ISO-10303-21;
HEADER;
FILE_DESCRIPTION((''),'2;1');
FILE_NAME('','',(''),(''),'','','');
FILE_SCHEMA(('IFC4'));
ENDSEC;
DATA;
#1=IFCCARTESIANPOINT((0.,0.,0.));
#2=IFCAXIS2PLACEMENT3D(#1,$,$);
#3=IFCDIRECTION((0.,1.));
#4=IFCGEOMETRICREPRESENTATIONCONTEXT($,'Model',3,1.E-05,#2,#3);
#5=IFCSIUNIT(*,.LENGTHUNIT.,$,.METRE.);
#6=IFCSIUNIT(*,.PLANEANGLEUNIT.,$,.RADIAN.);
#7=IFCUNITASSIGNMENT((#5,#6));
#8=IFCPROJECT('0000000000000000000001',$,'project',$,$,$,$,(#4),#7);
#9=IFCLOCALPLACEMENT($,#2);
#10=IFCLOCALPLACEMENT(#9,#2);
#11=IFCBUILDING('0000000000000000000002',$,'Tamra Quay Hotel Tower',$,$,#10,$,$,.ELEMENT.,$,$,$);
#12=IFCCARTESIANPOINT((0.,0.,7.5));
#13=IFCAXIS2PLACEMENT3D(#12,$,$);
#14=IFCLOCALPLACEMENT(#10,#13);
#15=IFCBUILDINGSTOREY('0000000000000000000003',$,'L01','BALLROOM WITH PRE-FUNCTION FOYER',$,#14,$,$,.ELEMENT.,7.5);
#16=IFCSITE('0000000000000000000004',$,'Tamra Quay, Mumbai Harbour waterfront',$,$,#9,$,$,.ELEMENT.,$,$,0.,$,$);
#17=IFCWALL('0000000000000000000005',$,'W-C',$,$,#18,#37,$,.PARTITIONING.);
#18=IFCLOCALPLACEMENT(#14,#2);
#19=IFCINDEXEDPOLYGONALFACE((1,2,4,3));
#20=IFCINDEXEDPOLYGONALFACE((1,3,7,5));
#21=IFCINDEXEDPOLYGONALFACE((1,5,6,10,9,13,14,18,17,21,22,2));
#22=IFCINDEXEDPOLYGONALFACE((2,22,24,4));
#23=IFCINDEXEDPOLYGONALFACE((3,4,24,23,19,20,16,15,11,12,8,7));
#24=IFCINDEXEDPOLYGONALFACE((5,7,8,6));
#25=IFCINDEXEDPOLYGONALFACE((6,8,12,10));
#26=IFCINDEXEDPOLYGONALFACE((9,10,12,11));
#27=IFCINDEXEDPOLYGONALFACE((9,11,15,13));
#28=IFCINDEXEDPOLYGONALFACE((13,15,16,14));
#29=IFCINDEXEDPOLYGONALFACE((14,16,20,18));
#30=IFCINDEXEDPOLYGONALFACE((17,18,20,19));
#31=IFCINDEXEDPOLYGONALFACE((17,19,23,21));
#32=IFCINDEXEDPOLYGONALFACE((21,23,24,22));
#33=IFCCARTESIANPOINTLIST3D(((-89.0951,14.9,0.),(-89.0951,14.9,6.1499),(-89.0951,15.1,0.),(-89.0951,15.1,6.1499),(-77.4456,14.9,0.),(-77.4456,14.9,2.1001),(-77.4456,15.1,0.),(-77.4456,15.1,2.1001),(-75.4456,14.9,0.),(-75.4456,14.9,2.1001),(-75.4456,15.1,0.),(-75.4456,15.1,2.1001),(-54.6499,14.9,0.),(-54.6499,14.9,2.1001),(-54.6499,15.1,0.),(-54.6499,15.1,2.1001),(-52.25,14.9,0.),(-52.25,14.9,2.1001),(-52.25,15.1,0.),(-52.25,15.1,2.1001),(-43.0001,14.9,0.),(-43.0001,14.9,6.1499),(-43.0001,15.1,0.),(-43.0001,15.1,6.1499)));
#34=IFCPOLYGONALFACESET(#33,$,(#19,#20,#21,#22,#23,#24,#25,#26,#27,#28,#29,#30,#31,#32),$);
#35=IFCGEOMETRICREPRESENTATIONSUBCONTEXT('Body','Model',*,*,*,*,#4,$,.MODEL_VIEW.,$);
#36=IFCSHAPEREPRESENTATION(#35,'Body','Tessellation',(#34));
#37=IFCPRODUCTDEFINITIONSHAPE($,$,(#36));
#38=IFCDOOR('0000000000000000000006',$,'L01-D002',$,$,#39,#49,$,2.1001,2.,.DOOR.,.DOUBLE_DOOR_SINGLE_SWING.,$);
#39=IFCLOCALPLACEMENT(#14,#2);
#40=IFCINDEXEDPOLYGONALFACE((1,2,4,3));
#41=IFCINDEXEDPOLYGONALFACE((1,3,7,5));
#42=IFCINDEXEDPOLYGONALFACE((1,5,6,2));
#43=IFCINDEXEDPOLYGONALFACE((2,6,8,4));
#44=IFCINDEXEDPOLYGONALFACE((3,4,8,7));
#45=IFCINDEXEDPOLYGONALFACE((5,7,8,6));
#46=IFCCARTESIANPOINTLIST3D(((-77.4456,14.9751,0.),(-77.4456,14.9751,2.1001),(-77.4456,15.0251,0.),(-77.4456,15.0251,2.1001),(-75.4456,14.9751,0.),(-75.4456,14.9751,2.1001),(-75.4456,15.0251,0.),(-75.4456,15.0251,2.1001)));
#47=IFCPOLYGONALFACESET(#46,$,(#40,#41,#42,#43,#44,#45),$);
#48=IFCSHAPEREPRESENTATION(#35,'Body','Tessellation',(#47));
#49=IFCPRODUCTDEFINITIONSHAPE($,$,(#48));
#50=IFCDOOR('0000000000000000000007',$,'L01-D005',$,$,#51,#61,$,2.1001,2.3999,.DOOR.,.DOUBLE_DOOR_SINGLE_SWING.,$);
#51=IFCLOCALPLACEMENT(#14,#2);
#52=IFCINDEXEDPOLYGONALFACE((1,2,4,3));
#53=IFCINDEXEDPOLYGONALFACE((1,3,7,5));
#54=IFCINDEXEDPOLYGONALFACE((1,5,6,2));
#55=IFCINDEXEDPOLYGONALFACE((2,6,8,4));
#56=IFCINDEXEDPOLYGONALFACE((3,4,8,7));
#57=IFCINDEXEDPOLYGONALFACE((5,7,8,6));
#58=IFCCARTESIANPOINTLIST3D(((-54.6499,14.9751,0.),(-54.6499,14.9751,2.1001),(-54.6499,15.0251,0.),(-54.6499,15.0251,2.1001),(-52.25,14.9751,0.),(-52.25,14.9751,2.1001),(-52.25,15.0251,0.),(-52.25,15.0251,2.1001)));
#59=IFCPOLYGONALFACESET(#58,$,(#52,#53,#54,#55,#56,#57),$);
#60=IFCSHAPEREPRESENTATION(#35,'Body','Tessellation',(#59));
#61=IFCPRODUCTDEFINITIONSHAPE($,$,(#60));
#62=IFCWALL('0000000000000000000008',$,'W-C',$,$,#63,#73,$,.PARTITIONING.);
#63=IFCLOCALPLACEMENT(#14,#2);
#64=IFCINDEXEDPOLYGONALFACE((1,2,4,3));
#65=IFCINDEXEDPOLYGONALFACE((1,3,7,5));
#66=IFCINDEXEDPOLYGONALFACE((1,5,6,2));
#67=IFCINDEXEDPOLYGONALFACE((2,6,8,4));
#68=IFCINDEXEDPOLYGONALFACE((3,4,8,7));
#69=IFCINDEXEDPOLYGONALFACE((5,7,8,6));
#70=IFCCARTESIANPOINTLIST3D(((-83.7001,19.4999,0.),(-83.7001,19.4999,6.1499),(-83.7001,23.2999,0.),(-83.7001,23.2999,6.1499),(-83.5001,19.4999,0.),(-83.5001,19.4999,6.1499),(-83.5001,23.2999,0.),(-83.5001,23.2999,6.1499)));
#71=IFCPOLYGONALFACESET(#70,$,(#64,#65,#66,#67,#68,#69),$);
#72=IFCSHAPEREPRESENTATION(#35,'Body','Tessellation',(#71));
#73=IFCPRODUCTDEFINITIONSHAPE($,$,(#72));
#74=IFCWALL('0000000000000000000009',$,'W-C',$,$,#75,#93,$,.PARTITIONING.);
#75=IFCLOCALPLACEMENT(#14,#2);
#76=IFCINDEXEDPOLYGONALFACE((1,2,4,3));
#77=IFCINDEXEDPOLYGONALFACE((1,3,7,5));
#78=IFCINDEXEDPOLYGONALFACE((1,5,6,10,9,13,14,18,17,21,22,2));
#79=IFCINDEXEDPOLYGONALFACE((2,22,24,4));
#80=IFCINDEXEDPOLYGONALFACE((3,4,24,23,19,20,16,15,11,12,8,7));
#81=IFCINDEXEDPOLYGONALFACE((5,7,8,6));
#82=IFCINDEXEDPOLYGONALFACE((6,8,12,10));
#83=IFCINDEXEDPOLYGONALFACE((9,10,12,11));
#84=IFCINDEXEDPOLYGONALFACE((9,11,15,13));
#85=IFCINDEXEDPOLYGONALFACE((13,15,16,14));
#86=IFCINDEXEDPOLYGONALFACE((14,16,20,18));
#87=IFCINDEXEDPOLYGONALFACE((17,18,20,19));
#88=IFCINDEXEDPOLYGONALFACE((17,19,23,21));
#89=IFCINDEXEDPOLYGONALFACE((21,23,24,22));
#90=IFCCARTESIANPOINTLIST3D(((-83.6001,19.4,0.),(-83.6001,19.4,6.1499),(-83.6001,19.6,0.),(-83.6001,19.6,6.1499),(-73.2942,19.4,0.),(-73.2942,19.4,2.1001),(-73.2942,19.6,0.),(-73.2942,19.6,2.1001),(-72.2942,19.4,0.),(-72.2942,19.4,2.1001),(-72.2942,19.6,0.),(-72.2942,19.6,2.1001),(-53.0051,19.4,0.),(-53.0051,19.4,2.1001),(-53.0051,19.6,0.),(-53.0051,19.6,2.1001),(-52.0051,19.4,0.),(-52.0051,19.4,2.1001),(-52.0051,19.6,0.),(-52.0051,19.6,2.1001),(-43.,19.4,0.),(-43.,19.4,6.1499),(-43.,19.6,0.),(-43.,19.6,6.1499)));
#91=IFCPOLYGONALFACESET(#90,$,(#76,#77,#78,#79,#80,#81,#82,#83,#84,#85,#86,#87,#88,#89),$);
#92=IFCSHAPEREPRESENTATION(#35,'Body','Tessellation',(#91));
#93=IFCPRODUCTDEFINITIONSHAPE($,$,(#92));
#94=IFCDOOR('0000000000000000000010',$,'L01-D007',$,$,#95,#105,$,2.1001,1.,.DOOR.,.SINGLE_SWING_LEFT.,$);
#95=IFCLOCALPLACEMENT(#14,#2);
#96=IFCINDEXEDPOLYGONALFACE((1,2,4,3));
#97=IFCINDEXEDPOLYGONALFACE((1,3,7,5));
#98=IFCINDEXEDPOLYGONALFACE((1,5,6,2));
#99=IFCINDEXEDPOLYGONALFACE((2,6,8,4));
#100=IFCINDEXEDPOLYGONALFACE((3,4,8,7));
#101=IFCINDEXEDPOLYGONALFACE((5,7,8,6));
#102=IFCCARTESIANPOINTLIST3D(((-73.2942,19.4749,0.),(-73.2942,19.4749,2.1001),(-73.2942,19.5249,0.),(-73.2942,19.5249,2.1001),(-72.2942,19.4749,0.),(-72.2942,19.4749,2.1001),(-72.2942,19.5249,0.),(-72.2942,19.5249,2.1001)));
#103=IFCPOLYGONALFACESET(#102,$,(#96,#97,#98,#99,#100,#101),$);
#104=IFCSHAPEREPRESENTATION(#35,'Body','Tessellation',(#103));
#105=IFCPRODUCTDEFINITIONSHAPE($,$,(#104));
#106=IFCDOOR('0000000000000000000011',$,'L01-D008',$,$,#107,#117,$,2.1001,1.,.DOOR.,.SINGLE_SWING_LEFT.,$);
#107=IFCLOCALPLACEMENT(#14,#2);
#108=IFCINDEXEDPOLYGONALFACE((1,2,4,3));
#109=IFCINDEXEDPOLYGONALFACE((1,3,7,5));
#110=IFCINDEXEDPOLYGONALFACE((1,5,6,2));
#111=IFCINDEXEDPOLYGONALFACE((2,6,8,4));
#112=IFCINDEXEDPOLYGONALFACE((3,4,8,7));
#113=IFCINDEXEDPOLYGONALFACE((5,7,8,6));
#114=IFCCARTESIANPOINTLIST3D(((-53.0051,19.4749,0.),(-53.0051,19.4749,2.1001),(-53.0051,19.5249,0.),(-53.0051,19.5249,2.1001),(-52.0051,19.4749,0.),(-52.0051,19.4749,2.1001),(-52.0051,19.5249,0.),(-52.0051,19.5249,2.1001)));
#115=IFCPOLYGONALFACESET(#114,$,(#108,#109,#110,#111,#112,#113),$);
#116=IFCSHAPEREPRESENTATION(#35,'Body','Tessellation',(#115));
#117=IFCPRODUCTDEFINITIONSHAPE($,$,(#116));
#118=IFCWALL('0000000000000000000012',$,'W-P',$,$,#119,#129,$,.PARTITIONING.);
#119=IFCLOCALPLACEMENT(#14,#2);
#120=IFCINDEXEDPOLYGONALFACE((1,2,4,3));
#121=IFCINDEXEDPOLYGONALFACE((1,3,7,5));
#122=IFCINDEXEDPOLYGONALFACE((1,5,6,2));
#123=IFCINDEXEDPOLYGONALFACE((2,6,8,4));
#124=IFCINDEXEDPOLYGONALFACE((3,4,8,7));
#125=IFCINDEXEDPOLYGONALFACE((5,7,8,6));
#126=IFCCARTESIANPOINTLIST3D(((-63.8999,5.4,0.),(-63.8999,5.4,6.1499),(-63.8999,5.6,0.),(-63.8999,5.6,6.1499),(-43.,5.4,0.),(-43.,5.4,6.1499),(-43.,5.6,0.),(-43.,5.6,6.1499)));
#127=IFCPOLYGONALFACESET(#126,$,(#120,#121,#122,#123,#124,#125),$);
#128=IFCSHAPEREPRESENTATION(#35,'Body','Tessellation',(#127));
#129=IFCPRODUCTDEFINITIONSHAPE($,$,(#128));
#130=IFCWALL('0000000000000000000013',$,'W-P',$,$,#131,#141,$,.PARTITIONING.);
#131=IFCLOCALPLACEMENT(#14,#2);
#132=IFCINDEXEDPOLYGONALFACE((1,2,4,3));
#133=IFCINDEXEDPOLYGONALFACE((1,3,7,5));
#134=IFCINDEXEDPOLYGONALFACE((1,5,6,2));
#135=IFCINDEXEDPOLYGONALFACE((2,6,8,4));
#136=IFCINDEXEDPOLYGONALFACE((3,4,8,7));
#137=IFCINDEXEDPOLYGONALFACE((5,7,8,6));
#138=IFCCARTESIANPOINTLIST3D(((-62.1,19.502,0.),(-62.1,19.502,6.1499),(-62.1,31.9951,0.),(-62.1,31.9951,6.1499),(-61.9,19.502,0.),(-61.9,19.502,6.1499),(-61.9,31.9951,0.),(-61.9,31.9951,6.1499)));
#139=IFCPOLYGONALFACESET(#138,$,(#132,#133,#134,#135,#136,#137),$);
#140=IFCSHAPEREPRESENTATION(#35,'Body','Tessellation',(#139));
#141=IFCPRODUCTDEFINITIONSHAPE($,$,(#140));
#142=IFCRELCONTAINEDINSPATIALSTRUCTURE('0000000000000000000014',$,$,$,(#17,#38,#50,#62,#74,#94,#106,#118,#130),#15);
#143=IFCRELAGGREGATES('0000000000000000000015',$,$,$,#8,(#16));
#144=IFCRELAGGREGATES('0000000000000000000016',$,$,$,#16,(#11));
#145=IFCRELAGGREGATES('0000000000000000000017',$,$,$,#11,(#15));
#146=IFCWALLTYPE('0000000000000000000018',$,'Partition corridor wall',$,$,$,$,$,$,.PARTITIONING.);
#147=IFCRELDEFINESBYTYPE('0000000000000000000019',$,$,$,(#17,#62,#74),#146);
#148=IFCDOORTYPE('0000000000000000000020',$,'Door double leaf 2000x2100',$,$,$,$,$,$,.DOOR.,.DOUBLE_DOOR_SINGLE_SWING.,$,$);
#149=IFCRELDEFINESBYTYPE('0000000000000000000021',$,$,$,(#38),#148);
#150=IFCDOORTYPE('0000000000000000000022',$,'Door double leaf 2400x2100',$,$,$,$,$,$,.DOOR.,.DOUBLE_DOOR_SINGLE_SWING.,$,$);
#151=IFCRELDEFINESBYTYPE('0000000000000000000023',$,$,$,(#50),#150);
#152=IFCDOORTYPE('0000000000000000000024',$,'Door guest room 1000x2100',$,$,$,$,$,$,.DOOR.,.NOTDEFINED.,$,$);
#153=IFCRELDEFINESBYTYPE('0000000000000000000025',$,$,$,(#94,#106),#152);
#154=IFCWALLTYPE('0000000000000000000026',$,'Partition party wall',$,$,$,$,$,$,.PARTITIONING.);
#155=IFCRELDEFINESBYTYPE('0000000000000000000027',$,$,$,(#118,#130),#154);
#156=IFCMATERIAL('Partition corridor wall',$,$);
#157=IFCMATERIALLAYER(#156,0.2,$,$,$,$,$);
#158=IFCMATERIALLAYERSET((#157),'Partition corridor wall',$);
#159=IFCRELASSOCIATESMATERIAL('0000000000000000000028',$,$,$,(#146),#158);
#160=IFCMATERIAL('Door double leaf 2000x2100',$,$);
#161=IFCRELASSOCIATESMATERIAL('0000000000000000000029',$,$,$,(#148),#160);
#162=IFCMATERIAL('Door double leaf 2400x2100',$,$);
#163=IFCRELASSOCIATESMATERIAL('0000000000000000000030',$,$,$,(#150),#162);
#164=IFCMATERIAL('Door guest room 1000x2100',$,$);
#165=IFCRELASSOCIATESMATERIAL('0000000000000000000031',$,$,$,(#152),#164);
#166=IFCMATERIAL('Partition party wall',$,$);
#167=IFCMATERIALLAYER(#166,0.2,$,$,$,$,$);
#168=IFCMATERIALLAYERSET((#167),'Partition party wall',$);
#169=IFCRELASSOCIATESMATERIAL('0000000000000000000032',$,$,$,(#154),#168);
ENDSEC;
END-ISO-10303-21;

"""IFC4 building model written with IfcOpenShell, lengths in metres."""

from ifc_helpers import new_model, si_unit, direction, frame, frame_2d, origin, place, context, subcontext, project, spatial, rectangle, extrude, material, layer, layer_set, type_object, element, fill, save


model = new_model("IFC4")

# Units and contexts
model_context = context("Model", 3, precision=1e-05, world=origin(), true_north=direction((0.0, 1.0)))
body_context = subcontext(model_context, "Body", "Model", "MODEL_VIEW")
ifc_project = project(units=[si_unit("LENGTHUNIT", "METRE"), si_unit("PLANEANGLEUNIT", "RADIAN")], contexts=[model_context])

# Site, building, storey
site_placement = place(None, origin())
site = spatial("IfcSite", under=ifc_project, at=site_placement, Name="Tamra Quay, Mumbai Harbour waterfront", CompositionType="ELEMENT", RefElevation=0.0)
building_placement = place(site_placement, origin())
building = spatial("IfcBuilding", under=site, at=building_placement, Name="Tamra Quay Hotel Tower", CompositionType="ELEMENT")
storey_placement = place(building_placement, frame((0.0, 0.0, 7.5)))
storey = spatial("IfcBuildingStorey", under=building, at=storey_placement, Name="L01", Description="BALLROOM WITH PRE-FUNCTION FOYER", CompositionType="ELEMENT", Elevation=7.5)

# Wall, openings, doors
ifc_material_1 = material(Name="Partition corridor wall")
ifc_layer_1 = layer(ifc_material_1, 0.2)
ifc_layer_set_1 = layer_set([ifc_layer_1], Name="Partition corridor wall")
wall_type_1 = type_object("IfcWallType", Name="Partition corridor wall", PredefinedType="PARTITIONING", material=ifc_layer_set_1)
wall_1_placement = place(storey_placement, frame((-89.095, 15.0, 0.0), z_axis=(0.0, 0.0, 1.0), x_axis=(1.0, 0.0, 0.0)))
wall_1 = element("IfcWall", 1, at=wall_1_placement, inside=storey, type_object=wall_type_1, Name="W-C", PredefinedType="PARTITIONING", context=body_context, shape_type="SweptSolid", body=[
    extrude(rectangle(XDim=46.095, YDim=0.2, at=frame_2d((23.0474, 0.0))), origin(), (0.0, 0.0, 1.0), 6.1499),
])
opening_1_placement = place(wall_1_placement, frame((11.6494, 0.0, 0.0)))
opening_1 = element("IfcOpeningElement", 2, at=opening_1_placement, cuts=wall_1, PredefinedType="OPENING", context=body_context, shape_type="SweptSolid", body=[
    extrude(rectangle(XDim=2.0, YDim=2.1001, at=frame_2d((1.0, 1.05))), frame((0.0, 0.1099, 0.0), z_axis=(0.0, -1.0, 0.0), x_axis=(1.0, 0.0, 0.0)), (0.0, 0.0, 1.0), 0.22),
])
opening_2_placement = place(wall_1_placement, frame((34.4451, 0.0, 0.0)))
opening_2 = element("IfcOpeningElement", 3, at=opening_2_placement, cuts=wall_1, PredefinedType="OPENING", context=body_context, shape_type="SweptSolid", body=[
    extrude(rectangle(XDim=2.3999, YDim=2.1001, at=frame_2d((1.2, 1.05))), frame((0.0, 0.1099, 0.0), z_axis=(0.0, -1.0, 0.0), x_axis=(1.0, 0.0, 0.0)), (0.0, 0.0, 1.0), 0.22),
])
ifc_material_2 = material(Name="Door double leaf 2000x2100")
door_type_1 = type_object("IfcDoorType", Name="Door double leaf 2000x2100", OperationType="DOUBLE_DOOR_SINGLE_SWING", PredefinedType="DOOR", material=ifc_material_2)
door_1_placement = place(opening_1_placement, frame((2.0, 0.0, 0.0), z_axis=(0.0, 0.0, 1.0), x_axis=(-1.0, 0.0, 0.0)))
door_1 = element("IfcDoor", 4, at=door_1_placement, inside=storey, type_object=door_type_1, Name="L01-D002", OperationType="DOUBLE_DOOR_SINGLE_SWING", OverallHeight=2.1001, OverallWidth=2.0, PredefinedType="DOOR", context=body_context, shape_type="SweptSolid", body=[
    extrude(rectangle(XDim=2.0, YDim=2.1001, at=frame_2d((1.0, 1.05))), frame((0.0, 0.0249, 0.0), z_axis=(0.0, -1.0, 0.0), x_axis=(1.0, 0.0, 0.0)), (0.0, 0.0, 1.0), 0.05),
])
fill(opening_1, door_1)
ifc_material_3 = material(Name="Door double leaf 2400x2100")
door_type_2 = type_object("IfcDoorType", Name="Door double leaf 2400x2100", OperationType="DOUBLE_DOOR_SINGLE_SWING", PredefinedType="DOOR", material=ifc_material_3)
door_2_placement = place(opening_2_placement, frame((2.3999, 0.0, 0.0), z_axis=(0.0, 0.0, 1.0), x_axis=(-1.0, 0.0, 0.0)))
door_2 = element("IfcDoor", 5, at=door_2_placement, inside=storey, type_object=door_type_2, Name="L01-D005", OperationType="DOUBLE_DOOR_SINGLE_SWING", OverallHeight=2.1001, OverallWidth=2.3999, PredefinedType="DOOR", context=body_context, shape_type="SweptSolid", body=[
    extrude(rectangle(XDim=2.3999, YDim=2.1001, at=frame_2d((1.2, 1.05))), frame((0.0, 0.0249, 0.0), z_axis=(0.0, -1.0, 0.0), x_axis=(1.0, 0.0, 0.0)), (0.0, 0.0, 1.0), 0.05),
])
fill(opening_2, door_2)

# Wall
wall_2_placement = place(storey_placement, frame((-83.6001, 19.5, 0.0), z_axis=(0.0, 0.0, 1.0), x_axis=(0.0, 1.0, 0.0)))
element("IfcWall", 6, at=wall_2_placement, inside=storey, type_object=wall_type_1, Name="W-C", PredefinedType="PARTITIONING", context=body_context, shape_type="SweptSolid", body=[
    extrude(rectangle(XDim=3.8, YDim=0.2, at=frame_2d((1.8999, 0.0))), origin(), (0.0, 0.0, 1.0), 6.1499),
])

# Wall, openings, doors
wall_3_placement = place(storey_placement, frame((-83.6001, 19.5, 0.0), z_axis=(0.0, 0.0, 1.0), x_axis=(1.0, 0.0, 0.0)))
wall_3 = element("IfcWall", 7, at=wall_3_placement, inside=storey, type_object=wall_type_1, Name="W-C", PredefinedType="PARTITIONING", context=body_context, shape_type="SweptSolid", body=[
    extrude(rectangle(XDim=40.6001, YDim=0.2, at=frame_2d((20.3, 0.0))), origin(), (0.0, 0.0, 1.0), 6.1499),
])
opening_3_placement = place(wall_3_placement, frame((10.3059, 0.0, 0.0)))
opening_3 = element("IfcOpeningElement", 8, at=opening_3_placement, cuts=wall_3, PredefinedType="OPENING", context=body_context, shape_type="SweptSolid", body=[
    extrude(rectangle(XDim=1.0, YDim=2.1001, at=frame_2d((0.5, 1.05))), frame((0.0, 0.1099, 0.0), z_axis=(0.0, -1.0, 0.0), x_axis=(1.0, 0.0, 0.0)), (0.0, 0.0, 1.0), 0.22),
])
opening_4_placement = place(wall_3_placement, frame((30.595, 0.0, 0.0)))
opening_4 = element("IfcOpeningElement", 9, at=opening_4_placement, cuts=wall_3, PredefinedType="OPENING", context=body_context, shape_type="SweptSolid", body=[
    extrude(rectangle(XDim=1.0, YDim=2.1001, at=frame_2d((0.5, 1.05))), frame((0.0, 0.1099, 0.0), z_axis=(0.0, -1.0, 0.0), x_axis=(1.0, 0.0, 0.0)), (0.0, 0.0, 1.0), 0.22),
])
ifc_material_4 = material(Name="Door guest room 1000x2100")
door_type_3 = type_object("IfcDoorType", Name="Door guest room 1000x2100", OperationType="NOTDEFINED", PredefinedType="DOOR", material=ifc_material_4)
door_3_placement = place(opening_3_placement, origin())
door_3 = element("IfcDoor", 10, at=door_3_placement, inside=storey, type_object=door_type_3, Name="L01-D007", OperationType="SINGLE_SWING_LEFT", OverallHeight=2.1001, OverallWidth=1.0, PredefinedType="DOOR", context=body_context, shape_type="SweptSolid", body=[
    extrude(rectangle(XDim=1.0, YDim=2.1001, at=frame_2d((0.5, 1.05))), frame((0.0, 0.0249, 0.0), z_axis=(0.0, -1.0, 0.0), x_axis=(1.0, 0.0, 0.0)), (0.0, 0.0, 1.0), 0.05),
])
fill(opening_3, door_3)
door_4_placement = place(opening_4_placement, origin())
door_4 = element("IfcDoor", 11, at=door_4_placement, inside=storey, type_object=door_type_3, Name="L01-D008", OperationType="SINGLE_SWING_LEFT", OverallHeight=2.1001, OverallWidth=1.0, PredefinedType="DOOR", context=body_context, shape_type="SweptSolid", body=[
    extrude(rectangle(XDim=1.0, YDim=2.1001, at=frame_2d((0.5, 1.05))), frame((0.0, 0.0249, 0.0), z_axis=(0.0, -1.0, 0.0), x_axis=(1.0, 0.0, 0.0)), (0.0, 0.0, 1.0), 0.05),
])
fill(opening_4, door_4)

# Walls
ifc_material_5 = material(Name="Partition party wall")
ifc_layer_2 = layer(ifc_material_5, 0.2)
ifc_layer_set_2 = layer_set([ifc_layer_2], Name="Partition party wall")
wall_type_2 = type_object("IfcWallType", Name="Partition party wall", PredefinedType="PARTITIONING", material=ifc_layer_set_2)
wall_4_placement = place(storey_placement, frame((-63.8999, 5.5, 0.0), z_axis=(0.0, 0.0, 1.0), x_axis=(1.0, 0.0, 0.0)))
element("IfcWall", 12, at=wall_4_placement, inside=storey, type_object=wall_type_2, Name="W-P", PredefinedType="PARTITIONING", context=body_context, shape_type="SweptSolid", body=[
    extrude(rectangle(XDim=20.8999, YDim=0.2, at=frame_2d((10.45, 0.0))), origin(), (0.0, 0.0, 1.0), 6.1499),
])
wall_5_placement = place(storey_placement, frame((-62.0, 19.502, 0.0), z_axis=(0.0, 0.0, 1.0), x_axis=(0.0, 1.0, 0.0)))
element("IfcWall", 13, at=wall_5_placement, inside=storey, type_object=wall_type_2, Name="W-P", PredefinedType="PARTITIONING", context=body_context, shape_type="SweptSolid", body=[
    extrude(rectangle(XDim=12.4932, YDim=0.2, at=frame_2d((6.2466, 0.0))), origin(), (0.0, 0.0, 1.0), 6.1499),
])

save(model, "model.ifc")
